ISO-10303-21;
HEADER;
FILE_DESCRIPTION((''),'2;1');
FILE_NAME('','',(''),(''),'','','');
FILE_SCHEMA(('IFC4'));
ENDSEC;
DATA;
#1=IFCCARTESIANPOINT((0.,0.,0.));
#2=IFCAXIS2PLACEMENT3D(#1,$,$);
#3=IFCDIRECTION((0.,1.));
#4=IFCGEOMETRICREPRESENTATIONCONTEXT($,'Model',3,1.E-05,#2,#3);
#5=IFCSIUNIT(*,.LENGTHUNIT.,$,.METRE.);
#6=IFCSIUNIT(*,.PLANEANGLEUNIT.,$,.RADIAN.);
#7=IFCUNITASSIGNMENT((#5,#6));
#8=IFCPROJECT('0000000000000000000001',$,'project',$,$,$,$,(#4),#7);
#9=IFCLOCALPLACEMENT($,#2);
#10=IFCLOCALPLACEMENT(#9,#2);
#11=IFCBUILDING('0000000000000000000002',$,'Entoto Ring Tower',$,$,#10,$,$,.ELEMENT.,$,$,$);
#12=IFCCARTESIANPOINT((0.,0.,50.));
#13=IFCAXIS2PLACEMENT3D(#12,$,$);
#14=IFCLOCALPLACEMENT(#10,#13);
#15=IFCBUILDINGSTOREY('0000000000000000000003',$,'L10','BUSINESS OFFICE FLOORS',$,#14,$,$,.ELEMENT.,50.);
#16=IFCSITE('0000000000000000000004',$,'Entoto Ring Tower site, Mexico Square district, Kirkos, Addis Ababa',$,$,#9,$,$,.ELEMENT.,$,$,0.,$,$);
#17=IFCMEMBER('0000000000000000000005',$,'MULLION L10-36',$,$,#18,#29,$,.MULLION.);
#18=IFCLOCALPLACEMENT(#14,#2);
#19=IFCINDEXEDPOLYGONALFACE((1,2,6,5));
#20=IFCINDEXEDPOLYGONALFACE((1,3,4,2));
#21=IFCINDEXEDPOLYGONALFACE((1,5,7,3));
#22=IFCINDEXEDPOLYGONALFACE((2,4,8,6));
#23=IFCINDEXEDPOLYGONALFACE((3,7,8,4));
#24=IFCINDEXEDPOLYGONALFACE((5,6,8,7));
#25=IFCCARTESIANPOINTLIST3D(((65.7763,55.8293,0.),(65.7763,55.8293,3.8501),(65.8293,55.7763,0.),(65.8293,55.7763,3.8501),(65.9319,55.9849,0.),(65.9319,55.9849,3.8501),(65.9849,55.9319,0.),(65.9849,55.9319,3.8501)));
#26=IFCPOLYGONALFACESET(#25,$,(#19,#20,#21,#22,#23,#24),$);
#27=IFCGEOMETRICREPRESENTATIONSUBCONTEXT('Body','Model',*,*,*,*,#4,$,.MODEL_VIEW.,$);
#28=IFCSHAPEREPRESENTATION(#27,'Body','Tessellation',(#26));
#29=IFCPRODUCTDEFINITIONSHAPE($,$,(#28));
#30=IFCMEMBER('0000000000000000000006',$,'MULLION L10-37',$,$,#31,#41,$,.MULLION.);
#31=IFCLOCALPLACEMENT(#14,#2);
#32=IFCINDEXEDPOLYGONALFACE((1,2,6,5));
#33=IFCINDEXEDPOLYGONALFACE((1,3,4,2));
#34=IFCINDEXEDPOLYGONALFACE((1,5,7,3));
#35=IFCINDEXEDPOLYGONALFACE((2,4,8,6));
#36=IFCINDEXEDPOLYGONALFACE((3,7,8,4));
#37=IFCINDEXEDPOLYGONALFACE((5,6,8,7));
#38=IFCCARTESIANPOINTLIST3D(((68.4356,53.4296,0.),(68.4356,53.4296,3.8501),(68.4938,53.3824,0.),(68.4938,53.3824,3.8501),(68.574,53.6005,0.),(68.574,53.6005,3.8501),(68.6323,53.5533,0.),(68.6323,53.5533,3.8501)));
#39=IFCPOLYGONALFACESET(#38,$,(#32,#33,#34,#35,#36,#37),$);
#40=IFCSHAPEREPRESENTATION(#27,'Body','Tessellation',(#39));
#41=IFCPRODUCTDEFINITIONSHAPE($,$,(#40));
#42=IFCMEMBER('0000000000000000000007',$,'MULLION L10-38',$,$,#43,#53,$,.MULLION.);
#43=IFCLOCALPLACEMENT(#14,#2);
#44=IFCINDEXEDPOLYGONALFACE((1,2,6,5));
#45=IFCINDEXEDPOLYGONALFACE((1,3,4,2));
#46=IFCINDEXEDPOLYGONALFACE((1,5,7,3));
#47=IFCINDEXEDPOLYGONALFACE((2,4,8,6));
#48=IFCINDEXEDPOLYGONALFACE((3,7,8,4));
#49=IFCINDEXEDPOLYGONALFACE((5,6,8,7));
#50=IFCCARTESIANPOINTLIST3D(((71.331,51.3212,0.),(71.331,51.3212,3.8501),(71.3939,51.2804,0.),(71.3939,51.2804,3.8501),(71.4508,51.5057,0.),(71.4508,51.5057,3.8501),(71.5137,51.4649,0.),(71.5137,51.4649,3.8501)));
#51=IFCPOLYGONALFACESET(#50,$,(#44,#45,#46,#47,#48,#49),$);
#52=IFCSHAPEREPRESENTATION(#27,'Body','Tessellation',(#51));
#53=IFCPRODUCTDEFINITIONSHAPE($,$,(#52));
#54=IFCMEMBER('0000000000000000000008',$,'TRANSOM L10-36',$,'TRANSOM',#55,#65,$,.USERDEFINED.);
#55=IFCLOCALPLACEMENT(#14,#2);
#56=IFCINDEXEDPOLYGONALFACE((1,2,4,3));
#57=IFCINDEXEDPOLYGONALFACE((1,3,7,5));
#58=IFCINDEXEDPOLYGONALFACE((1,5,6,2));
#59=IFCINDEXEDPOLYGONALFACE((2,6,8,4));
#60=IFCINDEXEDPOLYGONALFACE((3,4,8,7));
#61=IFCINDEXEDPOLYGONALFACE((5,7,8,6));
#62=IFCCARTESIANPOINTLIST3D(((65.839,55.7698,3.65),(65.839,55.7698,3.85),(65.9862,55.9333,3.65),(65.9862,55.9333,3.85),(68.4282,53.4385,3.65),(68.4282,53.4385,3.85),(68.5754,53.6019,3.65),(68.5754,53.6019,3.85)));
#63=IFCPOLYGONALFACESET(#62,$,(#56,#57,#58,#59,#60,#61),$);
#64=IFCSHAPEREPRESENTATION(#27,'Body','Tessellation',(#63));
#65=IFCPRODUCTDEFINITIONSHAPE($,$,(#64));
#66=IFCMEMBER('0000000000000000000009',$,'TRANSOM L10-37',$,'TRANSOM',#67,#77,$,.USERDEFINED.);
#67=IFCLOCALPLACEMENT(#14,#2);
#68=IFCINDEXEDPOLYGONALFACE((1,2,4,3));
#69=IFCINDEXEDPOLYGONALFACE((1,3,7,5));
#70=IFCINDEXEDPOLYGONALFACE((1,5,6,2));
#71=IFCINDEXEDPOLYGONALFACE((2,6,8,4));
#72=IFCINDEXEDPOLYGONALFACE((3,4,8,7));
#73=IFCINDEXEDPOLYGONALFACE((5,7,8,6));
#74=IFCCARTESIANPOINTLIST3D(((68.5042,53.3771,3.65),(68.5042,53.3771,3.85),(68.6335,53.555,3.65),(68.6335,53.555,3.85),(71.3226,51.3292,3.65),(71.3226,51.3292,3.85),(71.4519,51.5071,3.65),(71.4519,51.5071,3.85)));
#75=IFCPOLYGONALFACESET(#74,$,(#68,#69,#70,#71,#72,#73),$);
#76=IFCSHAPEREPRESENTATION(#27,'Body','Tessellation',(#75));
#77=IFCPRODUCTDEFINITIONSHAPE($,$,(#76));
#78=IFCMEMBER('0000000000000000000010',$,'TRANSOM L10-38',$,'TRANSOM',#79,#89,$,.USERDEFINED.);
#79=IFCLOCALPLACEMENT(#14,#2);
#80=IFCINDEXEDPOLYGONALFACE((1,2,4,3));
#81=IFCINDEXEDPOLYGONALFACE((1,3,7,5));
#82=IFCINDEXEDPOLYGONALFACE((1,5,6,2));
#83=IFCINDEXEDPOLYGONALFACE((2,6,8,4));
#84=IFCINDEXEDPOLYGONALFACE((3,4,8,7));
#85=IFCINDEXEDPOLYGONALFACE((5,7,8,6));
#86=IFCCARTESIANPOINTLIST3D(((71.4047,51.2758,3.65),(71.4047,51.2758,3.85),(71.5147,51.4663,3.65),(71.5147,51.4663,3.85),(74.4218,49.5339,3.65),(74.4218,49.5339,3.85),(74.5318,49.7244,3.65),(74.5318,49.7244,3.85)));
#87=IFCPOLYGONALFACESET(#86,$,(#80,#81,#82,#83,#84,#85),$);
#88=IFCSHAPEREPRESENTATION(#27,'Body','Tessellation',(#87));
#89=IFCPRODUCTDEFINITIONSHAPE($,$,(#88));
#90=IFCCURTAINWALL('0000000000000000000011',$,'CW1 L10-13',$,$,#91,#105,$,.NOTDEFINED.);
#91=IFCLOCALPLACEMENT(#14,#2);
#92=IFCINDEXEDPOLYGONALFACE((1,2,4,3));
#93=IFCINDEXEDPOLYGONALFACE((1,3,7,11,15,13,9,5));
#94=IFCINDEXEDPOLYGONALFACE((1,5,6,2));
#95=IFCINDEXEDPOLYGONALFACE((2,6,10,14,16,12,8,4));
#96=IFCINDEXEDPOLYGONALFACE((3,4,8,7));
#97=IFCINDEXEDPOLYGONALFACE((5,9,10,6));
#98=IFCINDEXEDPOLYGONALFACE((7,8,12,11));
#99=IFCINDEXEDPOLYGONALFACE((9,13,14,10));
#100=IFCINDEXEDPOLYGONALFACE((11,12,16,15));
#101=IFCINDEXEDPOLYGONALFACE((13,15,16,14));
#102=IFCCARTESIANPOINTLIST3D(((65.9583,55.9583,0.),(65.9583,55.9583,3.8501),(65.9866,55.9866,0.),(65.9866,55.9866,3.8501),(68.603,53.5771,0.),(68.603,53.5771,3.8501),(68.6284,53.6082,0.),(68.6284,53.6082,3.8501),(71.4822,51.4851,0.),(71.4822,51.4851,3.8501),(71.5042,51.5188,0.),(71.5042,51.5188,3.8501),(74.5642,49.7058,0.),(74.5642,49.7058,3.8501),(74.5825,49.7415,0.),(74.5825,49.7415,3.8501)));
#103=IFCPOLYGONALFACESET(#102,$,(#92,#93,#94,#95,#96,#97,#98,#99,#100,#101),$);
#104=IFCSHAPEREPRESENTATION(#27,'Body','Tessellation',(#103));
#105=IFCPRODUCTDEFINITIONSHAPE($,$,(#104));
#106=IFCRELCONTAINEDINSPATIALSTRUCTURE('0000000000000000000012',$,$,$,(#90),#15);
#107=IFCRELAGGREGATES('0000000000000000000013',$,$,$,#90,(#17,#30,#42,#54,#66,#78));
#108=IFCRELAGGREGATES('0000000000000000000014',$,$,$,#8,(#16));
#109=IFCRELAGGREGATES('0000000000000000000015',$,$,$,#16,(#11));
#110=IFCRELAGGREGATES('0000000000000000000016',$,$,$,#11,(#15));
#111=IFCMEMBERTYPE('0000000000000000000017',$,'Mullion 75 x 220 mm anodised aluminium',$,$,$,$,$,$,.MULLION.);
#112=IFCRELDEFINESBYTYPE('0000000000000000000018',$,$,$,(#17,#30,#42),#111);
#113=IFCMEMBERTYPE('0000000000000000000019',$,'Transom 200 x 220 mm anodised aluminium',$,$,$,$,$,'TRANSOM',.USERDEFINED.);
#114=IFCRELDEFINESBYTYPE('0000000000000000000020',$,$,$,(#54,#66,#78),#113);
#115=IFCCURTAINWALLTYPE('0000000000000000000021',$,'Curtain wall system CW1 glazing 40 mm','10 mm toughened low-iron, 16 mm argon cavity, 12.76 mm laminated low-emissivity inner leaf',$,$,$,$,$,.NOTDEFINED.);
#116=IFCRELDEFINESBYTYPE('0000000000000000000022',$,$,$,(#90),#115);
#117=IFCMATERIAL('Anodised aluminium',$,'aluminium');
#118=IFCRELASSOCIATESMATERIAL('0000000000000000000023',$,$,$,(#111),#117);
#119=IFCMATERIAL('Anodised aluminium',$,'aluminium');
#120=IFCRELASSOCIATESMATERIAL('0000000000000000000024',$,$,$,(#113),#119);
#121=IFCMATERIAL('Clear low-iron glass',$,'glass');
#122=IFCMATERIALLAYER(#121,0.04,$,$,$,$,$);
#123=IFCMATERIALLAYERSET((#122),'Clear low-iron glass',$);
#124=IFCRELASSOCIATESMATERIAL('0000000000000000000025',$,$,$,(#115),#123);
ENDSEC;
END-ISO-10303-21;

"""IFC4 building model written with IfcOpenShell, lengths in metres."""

from ifc_helpers import new_model, si_unit, direction, frame, origin, origin_2d, place, context, subcontext, project, spatial, polyline, rectangle, outline, extrude, material, layer, layer_set, material_profile, profile_set, type_object, element, aggregate, save


model = new_model("IFC4")

# Units and contexts
model_context = context("Model", 3, precision=1e-05, world=origin(), true_north=direction((0.0, 1.0)))
body_context = subcontext(model_context, "Body", "Model", "MODEL_VIEW")
ifc_project = project(units=[si_unit("LENGTHUNIT", "METRE"), si_unit("PLANEANGLEUNIT", "RADIAN")], contexts=[model_context])

# Members
ifc_material_1 = material(Name="Anodised aluminium", Category="aluminium")
ifc_material_profile_1 = material_profile(ifc_material_1, rectangle(XDim=0.075, YDim=0.22, at=origin_2d()), Name="Mullion 75 x 220 mm anodised aluminium")
ifc_profile_set_1 = profile_set([ifc_material_profile_1], Name="Anodised aluminium")
member_type_1 = type_object("IfcMemberType", Name="Mullion 75 x 220 mm anodised aluminium", PredefinedType="MULLION", material=ifc_profile_set_1)
site_placement = place(None, origin())
building_placement = place(site_placement, origin())
storey_placement = place(building_placement, frame((0.0, 0.0, 50.0)))
member_1_placement = place(storey_placement, frame((65.8806, 55.8806, 0.0), z_axis=(0.0, 0.0, 1.0), x_axis=(0.707107, -0.707107, 0.0)))
member_1 = element("IfcMember", 1, at=member_1_placement, type_object=member_type_1, Name="MULLION L10-36", PredefinedType="MULLION", context=body_context, shape_type="SweptSolid", body=[
    extrude(rectangle(XDim=0.075, YDim=0.22, at=origin_2d()), origin(), (0.0, 0.0, 1.0), 3.8501),
])
member_2_placement = place(storey_placement, frame((68.5339, 53.4915, 0.0), z_axis=(0.0, 0.0, 1.0), x_axis=(0.777146, -0.62932, 0.0)))
member_2 = element("IfcMember", 2, at=member_2_placement, type_object=member_type_1, Name="MULLION L10-37", PredefinedType="MULLION", context=body_context, shape_type="SweptSolid", body=[
    extrude(rectangle(XDim=0.075, YDim=0.22, at=origin_2d()), origin(), (0.0, 0.0, 1.0), 3.8501),
])
member_3_placement = place(storey_placement, frame((71.4224, 51.3931, 0.0), z_axis=(0.0, 0.0, 1.0), x_axis=(0.838671, -0.544639, 0.0)))
member_3 = element("IfcMember", 3, at=member_3_placement, type_object=member_type_1, Name="MULLION L10-38", PredefinedType="MULLION", context=body_context, shape_type="SweptSolid", body=[
    extrude(rectangle(XDim=0.075, YDim=0.22, at=origin_2d()), origin(), (0.0, 0.0, 1.0), 3.8501),
])
ifc_material_2 = material(Name="Anodised aluminium", Category="aluminium")
ifc_material_profile_2 = material_profile(ifc_material_2, rectangle(XDim=0.22, YDim=0.2, at=origin_2d()), Name="Transom 200 x 220 mm anodised aluminium")
ifc_profile_set_2 = profile_set([ifc_material_profile_2], Name="Anodised aluminium")
member_type_2 = type_object("IfcMemberType", Name="Transom 200 x 220 mm anodised aluminium", ElementType="TRANSOM", PredefinedType="USERDEFINED", material=ifc_profile_set_2)
member_4_placement = place(storey_placement, frame((65.9126, 55.8516, 3.75), z_axis=(0.743137, -0.669139, 0.0), x_axis=(0.669139, 0.743137, 0.0)))
member_4 = element("IfcMember", 4, at=member_4_placement, type_object=member_type_2, Name="TRANSOM L10-36", ObjectType="TRANSOM", PredefinedType="USERDEFINED", context=body_context, shape_type="SweptSolid", body=[
    extrude(rectangle(XDim=0.22, YDim=0.2, at=origin_2d()), origin(), (0.0, 0.0, 1.0), 3.4841),
])
member_5_placement = place(storey_placement, frame((68.5688, 53.4661, 3.75), z_axis=(0.808991, -0.587822, 0.0), x_axis=(0.587822, 0.808991, 0.0)))
member_5 = element("IfcMember", 5, at=member_5_placement, type_object=member_type_2, Name="TRANSOM L10-37", ObjectType="TRANSOM", PredefinedType="USERDEFINED", context=body_context, shape_type="SweptSolid", body=[
    extrude(rectangle(XDim=0.22, YDim=0.2, at=origin_2d()), origin(), (0.0, 0.0, 1.0), 3.4839),
])
member_6_placement = place(storey_placement, frame((71.4597, 51.3711, 3.75), z_axis=(0.866022, -0.500006, 0.0), x_axis=(0.500006, 0.866022, 0.0)))
member_6 = element("IfcMember", 6, at=member_6_placement, type_object=member_type_2, Name="TRANSOM L10-38", ObjectType="TRANSOM", PredefinedType="USERDEFINED", context=body_context, shape_type="SweptSolid", body=[
    extrude(rectangle(XDim=0.22, YDim=0.2, at=origin_2d()), origin(), (0.0, 0.0, 1.0), 3.4839),
])

# Site, building, storey
site = spatial("IfcSite", under=ifc_project, at=site_placement, Name="Entoto Ring Tower site, Mexico Square district, Kirkos, Addis Ababa", CompositionType="ELEMENT", RefElevation=0.0)
building = spatial("IfcBuilding", under=site, at=building_placement, Name="Entoto Ring Tower", CompositionType="ELEMENT")
storey = spatial("IfcBuildingStorey", under=building, at=storey_placement, Name="L10", Description="BUSINESS OFFICE FLOORS", CompositionType="ELEMENT", Elevation=50.0)

# Curtain wall
ifc_material_3 = material(Name="Clear low-iron glass", Category="glass")
ifc_layer = layer(ifc_material_3, 0.04)
ifc_layer_set = layer_set([ifc_layer], Name="Clear low-iron glass")
curtain_wall_type = type_object("IfcCurtainWallType", Name="Curtain wall system CW1 glazing 40 mm", Description="10 mm toughened low-iron, 16 mm argon cavity, 12.76 mm laminated low-emissivity inner leaf", PredefinedType="NOTDEFINED", material=ifc_layer_set)
curtain_wall_1_placement = place(storey_placement, origin())
curtain_wall_1 = element("IfcCurtainWall", 7, at=curtain_wall_1_placement, inside=storey, type_object=curtain_wall_type, Name="CW1 L10-13", PredefinedType="NOTDEFINED", context=body_context, shape_type="SweptSolid", body=[
    extrude(outline(polyline([(65.9583, 55.9583), (68.603, 53.5771), (71.4822, 51.4851), (74.5642, 49.7058), (74.5825, 49.7415), (71.5042, 51.5188), (68.6284, 53.6082), (65.9866, 55.9866), (65.9583, 55.9583)])), origin(), (0.0, 0.0, 1.0), 3.8501),
])
aggregate(curtain_wall_1, [member_1, member_2, member_3, member_4, member_5, member_6])

save(model, "model.ifc")
